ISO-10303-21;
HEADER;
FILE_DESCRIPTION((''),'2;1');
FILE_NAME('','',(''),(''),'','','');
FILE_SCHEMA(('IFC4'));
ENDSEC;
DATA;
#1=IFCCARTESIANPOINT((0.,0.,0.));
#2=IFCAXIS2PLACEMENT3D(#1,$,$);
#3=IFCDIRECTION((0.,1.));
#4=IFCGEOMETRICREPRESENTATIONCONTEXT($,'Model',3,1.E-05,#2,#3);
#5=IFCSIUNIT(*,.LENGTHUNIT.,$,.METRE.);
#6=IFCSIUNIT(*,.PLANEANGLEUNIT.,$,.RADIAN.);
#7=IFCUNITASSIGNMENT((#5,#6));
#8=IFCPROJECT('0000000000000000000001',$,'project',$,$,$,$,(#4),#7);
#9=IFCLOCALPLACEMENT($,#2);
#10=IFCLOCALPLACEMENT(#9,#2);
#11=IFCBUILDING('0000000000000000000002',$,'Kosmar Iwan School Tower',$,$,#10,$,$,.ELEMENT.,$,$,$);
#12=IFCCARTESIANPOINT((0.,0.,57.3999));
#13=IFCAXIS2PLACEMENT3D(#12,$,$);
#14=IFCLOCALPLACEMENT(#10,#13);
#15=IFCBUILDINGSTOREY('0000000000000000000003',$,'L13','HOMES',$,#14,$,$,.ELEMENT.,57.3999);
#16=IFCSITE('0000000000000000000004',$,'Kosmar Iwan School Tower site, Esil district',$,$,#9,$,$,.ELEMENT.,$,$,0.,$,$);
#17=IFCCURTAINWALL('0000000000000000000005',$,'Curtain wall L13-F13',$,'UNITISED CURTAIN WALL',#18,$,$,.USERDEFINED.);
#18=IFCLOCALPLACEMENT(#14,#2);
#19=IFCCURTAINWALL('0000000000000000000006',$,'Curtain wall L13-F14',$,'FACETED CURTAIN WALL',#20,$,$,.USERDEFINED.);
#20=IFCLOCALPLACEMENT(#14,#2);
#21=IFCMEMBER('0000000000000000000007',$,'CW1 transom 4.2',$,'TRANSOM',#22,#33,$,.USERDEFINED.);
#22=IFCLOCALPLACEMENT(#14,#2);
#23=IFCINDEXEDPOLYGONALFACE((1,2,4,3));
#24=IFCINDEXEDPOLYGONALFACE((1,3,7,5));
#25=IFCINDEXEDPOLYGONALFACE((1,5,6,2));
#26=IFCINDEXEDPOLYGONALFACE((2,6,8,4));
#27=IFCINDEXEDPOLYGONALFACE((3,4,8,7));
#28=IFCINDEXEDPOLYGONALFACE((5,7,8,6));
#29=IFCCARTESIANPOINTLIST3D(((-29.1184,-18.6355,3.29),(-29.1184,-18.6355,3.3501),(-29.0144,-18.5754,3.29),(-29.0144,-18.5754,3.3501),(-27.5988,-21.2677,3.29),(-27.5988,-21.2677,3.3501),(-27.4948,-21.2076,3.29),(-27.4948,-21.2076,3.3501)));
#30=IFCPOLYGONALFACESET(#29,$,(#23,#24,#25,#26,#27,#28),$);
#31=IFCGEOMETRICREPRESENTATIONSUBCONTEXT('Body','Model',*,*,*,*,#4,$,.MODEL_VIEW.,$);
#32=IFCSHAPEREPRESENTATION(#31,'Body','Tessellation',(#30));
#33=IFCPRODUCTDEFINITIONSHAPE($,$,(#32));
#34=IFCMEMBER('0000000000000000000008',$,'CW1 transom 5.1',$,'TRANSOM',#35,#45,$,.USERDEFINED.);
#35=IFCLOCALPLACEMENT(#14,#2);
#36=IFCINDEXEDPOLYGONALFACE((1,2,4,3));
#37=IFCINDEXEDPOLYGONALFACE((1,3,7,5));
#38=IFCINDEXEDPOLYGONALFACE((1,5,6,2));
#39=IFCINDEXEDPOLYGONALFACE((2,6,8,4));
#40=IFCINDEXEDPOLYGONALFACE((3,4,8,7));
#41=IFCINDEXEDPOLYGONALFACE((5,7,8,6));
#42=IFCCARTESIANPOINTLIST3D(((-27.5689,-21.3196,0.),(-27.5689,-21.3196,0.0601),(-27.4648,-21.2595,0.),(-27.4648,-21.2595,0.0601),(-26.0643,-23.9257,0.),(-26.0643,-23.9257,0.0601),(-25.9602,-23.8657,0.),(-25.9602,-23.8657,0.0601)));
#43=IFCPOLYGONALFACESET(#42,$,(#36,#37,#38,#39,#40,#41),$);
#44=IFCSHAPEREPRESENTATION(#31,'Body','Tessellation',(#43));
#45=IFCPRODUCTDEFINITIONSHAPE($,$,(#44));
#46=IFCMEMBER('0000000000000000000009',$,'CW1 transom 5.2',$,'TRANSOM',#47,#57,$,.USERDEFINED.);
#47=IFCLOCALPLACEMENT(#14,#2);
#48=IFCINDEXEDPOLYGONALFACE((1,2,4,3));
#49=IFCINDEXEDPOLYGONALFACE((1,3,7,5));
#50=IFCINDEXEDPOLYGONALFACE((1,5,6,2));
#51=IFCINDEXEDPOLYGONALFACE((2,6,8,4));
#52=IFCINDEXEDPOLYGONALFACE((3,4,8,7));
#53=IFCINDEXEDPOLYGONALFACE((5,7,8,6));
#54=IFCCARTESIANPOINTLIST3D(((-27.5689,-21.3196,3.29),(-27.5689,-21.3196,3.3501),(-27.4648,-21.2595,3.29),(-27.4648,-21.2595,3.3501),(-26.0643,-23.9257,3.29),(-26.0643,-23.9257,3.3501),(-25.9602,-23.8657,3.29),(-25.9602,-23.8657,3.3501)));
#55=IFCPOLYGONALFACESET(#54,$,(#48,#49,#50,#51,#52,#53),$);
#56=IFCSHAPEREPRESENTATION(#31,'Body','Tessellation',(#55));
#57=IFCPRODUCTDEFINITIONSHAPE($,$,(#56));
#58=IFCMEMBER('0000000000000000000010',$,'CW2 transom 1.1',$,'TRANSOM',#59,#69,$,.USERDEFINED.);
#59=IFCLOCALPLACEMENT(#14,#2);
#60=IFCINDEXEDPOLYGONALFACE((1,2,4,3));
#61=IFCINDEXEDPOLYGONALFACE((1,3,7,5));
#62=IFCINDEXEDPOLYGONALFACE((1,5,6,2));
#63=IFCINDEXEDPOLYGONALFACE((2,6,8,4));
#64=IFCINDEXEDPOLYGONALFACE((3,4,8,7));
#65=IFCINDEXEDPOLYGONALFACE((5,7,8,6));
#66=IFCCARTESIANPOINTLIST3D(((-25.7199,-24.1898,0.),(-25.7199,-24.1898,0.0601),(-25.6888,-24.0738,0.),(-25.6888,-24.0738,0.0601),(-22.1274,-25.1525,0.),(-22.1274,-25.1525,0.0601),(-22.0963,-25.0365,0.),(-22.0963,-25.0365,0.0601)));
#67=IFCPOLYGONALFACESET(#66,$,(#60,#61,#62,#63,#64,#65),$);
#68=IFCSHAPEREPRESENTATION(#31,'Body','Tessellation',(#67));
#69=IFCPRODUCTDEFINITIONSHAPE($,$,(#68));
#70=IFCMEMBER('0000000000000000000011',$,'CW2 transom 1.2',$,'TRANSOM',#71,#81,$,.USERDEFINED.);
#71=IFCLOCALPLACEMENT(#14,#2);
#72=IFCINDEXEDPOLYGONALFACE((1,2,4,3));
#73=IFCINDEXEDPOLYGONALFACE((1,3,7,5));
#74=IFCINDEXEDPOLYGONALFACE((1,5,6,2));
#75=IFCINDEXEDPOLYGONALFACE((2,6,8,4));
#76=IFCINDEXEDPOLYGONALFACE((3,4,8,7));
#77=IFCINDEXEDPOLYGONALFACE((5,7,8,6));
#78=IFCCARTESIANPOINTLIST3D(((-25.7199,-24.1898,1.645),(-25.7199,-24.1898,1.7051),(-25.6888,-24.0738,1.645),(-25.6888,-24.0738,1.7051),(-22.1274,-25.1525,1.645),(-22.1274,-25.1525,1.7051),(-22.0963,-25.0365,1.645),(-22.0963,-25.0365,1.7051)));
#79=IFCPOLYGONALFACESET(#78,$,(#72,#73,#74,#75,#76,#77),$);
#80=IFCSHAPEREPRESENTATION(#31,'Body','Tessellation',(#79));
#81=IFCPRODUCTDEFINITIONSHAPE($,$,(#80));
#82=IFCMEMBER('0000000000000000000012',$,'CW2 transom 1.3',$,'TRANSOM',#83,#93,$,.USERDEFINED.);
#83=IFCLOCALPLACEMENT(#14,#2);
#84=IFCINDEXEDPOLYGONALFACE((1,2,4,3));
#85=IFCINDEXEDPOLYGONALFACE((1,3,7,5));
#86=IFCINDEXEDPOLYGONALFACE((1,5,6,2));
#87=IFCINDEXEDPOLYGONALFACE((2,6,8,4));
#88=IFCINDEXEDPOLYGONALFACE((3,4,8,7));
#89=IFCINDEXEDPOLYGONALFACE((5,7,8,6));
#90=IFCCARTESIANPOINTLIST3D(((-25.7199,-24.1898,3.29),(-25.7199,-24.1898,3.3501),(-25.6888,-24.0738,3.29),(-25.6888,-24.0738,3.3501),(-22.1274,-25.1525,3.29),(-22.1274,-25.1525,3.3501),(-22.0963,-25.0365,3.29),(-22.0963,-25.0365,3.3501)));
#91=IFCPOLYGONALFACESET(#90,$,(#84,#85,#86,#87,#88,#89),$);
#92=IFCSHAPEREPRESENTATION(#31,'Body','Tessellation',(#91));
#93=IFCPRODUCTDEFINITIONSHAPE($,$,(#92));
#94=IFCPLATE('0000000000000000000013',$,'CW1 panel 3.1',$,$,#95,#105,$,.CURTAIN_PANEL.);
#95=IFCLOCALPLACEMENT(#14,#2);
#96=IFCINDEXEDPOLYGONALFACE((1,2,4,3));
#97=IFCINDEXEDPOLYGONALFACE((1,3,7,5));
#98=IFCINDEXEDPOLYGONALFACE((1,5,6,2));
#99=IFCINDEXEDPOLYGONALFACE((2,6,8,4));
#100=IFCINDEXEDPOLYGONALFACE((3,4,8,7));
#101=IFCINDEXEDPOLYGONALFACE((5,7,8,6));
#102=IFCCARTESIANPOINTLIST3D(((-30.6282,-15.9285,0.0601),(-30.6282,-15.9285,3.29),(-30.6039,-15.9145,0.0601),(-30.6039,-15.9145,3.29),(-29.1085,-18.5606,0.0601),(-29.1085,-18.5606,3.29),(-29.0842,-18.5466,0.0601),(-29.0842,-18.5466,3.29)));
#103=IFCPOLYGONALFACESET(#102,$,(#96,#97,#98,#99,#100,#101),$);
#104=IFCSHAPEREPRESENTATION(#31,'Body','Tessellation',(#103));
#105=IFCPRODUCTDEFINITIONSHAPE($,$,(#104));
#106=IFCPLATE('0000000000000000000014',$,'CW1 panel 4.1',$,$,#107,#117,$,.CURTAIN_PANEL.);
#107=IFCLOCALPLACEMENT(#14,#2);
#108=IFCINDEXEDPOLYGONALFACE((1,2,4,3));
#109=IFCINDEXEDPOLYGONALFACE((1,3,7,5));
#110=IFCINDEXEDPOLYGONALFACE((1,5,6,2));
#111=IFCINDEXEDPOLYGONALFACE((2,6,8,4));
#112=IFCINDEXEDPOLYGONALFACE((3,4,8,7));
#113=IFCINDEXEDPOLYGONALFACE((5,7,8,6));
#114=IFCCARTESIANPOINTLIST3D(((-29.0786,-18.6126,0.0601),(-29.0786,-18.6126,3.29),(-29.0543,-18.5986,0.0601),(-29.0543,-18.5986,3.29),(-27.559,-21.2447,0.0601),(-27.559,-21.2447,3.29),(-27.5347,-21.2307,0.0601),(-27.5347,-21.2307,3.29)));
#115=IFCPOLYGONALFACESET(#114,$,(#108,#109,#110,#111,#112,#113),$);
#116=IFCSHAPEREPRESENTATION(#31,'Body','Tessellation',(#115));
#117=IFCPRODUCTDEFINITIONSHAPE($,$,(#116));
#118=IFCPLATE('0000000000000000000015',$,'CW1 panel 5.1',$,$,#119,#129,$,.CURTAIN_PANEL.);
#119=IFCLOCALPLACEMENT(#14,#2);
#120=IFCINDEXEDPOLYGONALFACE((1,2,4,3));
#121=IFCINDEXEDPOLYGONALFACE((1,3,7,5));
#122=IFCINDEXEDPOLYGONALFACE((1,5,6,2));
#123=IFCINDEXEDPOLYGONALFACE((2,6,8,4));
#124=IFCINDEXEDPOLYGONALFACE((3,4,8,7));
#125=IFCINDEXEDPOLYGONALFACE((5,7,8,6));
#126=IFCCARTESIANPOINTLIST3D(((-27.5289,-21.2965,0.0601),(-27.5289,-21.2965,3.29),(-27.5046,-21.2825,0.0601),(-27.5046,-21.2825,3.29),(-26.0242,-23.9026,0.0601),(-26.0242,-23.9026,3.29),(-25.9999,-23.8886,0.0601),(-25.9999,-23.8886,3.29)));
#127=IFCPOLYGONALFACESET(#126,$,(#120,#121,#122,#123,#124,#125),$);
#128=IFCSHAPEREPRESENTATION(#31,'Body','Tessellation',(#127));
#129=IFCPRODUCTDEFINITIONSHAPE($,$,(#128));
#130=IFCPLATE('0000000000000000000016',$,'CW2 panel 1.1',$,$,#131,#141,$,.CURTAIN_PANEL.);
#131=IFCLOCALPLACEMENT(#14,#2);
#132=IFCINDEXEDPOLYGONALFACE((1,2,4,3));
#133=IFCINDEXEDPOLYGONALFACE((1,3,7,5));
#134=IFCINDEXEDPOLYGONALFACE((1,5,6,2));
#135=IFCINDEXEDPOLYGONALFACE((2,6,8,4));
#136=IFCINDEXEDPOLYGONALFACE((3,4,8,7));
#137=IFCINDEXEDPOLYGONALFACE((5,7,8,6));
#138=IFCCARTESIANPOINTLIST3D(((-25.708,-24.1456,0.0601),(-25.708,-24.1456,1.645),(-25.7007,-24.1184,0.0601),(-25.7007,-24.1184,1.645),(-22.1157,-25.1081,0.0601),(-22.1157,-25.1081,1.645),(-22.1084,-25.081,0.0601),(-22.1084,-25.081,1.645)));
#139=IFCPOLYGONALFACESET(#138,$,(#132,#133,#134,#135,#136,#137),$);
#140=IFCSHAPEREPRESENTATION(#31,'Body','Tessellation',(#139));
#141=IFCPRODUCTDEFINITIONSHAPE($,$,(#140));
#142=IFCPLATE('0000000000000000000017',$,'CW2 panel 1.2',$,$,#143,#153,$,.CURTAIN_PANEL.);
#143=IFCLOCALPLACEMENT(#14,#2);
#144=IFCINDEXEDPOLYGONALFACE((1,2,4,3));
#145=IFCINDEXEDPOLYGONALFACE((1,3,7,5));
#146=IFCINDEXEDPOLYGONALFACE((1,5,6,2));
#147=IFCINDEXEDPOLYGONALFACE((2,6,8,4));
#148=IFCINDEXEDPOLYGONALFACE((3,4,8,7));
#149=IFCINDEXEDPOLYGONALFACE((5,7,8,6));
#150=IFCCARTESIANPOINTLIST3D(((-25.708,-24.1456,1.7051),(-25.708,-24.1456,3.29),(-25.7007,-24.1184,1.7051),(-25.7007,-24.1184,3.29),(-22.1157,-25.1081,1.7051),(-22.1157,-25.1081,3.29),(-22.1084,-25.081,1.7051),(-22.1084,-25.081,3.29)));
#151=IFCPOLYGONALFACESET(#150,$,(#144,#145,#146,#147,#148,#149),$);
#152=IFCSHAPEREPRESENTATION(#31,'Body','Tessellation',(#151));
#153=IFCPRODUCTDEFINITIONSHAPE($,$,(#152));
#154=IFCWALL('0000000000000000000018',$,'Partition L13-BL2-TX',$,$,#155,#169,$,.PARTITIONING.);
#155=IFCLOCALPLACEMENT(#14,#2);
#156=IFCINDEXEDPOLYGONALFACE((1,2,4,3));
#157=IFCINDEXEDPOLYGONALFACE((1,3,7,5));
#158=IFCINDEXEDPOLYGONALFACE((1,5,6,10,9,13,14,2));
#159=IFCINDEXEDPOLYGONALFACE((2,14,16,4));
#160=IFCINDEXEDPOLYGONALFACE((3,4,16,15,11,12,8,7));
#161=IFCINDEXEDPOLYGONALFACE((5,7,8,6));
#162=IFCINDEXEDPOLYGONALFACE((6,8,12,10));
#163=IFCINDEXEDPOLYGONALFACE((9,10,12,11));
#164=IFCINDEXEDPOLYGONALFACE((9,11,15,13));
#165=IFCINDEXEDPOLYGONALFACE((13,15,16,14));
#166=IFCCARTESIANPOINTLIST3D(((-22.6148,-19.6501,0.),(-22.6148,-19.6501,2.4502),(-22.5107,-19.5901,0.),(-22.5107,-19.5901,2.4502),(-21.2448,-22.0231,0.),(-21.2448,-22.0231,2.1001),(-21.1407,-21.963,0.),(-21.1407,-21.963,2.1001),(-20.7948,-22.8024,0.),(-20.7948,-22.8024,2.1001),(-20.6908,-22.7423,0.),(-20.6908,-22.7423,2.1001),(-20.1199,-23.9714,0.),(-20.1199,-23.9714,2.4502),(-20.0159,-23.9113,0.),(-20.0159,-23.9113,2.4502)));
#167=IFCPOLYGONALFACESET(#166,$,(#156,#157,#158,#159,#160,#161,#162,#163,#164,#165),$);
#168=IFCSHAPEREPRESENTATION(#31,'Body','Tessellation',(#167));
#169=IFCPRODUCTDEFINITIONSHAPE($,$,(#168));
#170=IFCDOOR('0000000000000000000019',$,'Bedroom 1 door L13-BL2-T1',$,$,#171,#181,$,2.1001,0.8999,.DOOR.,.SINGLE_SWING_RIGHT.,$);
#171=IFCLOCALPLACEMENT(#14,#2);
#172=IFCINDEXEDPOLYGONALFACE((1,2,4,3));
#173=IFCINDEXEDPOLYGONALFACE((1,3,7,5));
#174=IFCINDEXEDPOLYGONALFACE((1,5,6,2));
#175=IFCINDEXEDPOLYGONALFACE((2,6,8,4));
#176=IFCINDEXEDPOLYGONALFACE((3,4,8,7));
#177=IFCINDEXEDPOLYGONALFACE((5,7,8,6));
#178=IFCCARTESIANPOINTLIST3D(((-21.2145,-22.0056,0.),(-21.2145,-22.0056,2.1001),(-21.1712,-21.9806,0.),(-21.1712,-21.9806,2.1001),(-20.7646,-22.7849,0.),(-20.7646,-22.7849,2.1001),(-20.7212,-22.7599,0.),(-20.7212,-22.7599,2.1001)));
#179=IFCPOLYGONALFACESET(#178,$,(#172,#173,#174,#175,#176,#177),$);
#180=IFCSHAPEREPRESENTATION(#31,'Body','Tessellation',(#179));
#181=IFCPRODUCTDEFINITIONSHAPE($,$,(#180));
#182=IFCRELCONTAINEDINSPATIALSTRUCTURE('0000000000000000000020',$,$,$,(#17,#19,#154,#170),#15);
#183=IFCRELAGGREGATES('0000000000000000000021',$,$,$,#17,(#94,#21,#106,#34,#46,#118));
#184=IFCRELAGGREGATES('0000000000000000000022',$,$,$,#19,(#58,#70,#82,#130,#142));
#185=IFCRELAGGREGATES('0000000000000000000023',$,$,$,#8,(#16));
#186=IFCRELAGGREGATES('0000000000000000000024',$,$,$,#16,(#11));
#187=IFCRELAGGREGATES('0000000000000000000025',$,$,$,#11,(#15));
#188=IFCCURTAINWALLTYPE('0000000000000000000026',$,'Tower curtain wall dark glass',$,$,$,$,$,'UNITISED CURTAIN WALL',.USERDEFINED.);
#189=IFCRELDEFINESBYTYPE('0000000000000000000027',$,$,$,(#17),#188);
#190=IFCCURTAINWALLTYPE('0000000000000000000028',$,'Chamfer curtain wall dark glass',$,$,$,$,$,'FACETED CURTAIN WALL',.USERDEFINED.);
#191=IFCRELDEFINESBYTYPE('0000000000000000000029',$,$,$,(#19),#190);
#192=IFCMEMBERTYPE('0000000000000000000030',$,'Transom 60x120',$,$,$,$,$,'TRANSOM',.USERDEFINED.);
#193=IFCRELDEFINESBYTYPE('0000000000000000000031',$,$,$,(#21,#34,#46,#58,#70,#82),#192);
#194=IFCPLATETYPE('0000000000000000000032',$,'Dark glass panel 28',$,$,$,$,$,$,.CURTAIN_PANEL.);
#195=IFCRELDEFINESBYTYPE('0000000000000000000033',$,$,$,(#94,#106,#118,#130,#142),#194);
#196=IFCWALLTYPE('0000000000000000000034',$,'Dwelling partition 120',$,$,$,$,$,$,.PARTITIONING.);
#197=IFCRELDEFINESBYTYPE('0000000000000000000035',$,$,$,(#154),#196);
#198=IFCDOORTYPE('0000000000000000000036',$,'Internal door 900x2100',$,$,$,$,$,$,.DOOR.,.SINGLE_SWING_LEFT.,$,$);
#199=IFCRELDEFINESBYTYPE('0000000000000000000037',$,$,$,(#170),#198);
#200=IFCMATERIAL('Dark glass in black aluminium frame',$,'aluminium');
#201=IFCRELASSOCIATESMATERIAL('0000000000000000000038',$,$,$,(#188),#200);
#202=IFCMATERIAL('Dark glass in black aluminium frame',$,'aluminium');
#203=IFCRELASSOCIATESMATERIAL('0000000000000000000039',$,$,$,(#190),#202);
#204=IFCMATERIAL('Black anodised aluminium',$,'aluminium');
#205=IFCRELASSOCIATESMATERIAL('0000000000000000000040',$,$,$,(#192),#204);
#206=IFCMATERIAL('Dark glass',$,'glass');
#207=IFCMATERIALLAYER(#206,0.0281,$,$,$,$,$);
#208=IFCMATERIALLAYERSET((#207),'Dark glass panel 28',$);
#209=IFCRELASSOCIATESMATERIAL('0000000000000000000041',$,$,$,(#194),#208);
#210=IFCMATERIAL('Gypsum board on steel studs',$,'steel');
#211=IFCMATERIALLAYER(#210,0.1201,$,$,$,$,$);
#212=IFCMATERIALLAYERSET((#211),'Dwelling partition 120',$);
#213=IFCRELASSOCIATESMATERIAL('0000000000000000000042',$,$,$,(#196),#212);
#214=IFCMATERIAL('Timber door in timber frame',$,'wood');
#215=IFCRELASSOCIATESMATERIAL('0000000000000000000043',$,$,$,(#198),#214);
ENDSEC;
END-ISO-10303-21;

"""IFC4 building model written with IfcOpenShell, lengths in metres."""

from ifc_helpers import new_model, si_unit, direction, frame, frame_2d, origin, origin_2d, place, context, subcontext, project, spatial, rectangle, extrude, material, layer, layer_set, material_profile, profile_set, type_object, element, fill, aggregate, save


model = new_model("IFC4")

# Units and contexts
model_context = context("Model", 3, precision=1e-05, world=origin(), true_north=direction((0.0, 1.0)))
body_context = subcontext(model_context, "Body", "Model", "MODEL_VIEW")
ifc_project = project(units=[si_unit("LENGTHUNIT", "METRE"), si_unit("PLANEANGLEUNIT", "RADIAN")], contexts=[model_context])

# Site, building, storey
site_placement = place(None, origin())
site = spatial("IfcSite", under=ifc_project, at=site_placement, Name="Kosmar Iwan School Tower site, Esil district", CompositionType="ELEMENT", RefElevation=0.0)
building_placement = place(site_placement, origin())
building = spatial("IfcBuilding", under=site, at=building_placement, Name="Kosmar Iwan School Tower", CompositionType="ELEMENT")
storey_placement = place(building_placement, frame((0.0, 0.0, 57.3999)))
storey = spatial("IfcBuildingStorey", under=building, at=storey_placement, Name="L13", Description="HOMES", CompositionType="ELEMENT", Elevation=57.3999)

# Curtain walls
ifc_material_1 = material(Name="Dark glass in black aluminium frame", Category="aluminium")
curtain_wall_type_1 = type_object("IfcCurtainWallType", Name="Tower curtain wall dark glass", ElementType="UNITISED CURTAIN WALL", PredefinedType="USERDEFINED", material=ifc_material_1)
curtain_wall_1_placement = place(storey_placement, origin())
curtain_wall_1 = element("IfcCurtainWall", 1, at=curtain_wall_1_placement, inside=storey, type_object=curtain_wall_type_1, Name="Curtain wall L13-F13", ObjectType="UNITISED CURTAIN WALL", PredefinedType="USERDEFINED")
ifc_material_2 = material(Name="Dark glass in black aluminium frame", Category="aluminium")
curtain_wall_type_2 = type_object("IfcCurtainWallType", Name="Chamfer curtain wall dark glass", ElementType="FACETED CURTAIN WALL", PredefinedType="USERDEFINED", material=ifc_material_2)
curtain_wall_2_placement = place(storey_placement, origin())
curtain_wall_2 = element("IfcCurtainWall", 2, at=curtain_wall_2_placement, inside=storey, type_object=curtain_wall_type_2, Name="Curtain wall L13-F14", ObjectType="FACETED CURTAIN WALL", PredefinedType="USERDEFINED")

# Members
ifc_material_3 = material(Name="Black anodised aluminium", Category="aluminium")
ifc_material_profile_1 = material_profile(ifc_material_3, rectangle(XDim=0.1201, YDim=0.0601, at=origin_2d()), Name="TRANSOM 60x120")
ifc_profile_set_1 = profile_set([ifc_material_profile_1], Name="Black anodised aluminium")
member_type_1 = type_object("IfcMemberType", Name="Transom 60x120", ElementType="TRANSOM", PredefinedType="USERDEFINED", material=ifc_profile_set_1)
member_1_placement = place(storey_placement, frame((-29.0664, -18.6055, 3.3201), z_axis=(0.499975, -0.86604, 0.0), x_axis=(0.86604, 0.499975, 0.0)))
member_1 = element("IfcMember", 3, at=member_1_placement, type_object=member_type_1, Name="CW1 transom 4.2", ObjectType="TRANSOM", PredefinedType="USERDEFINED", context=body_context, shape_type="SweptSolid", body=[
    extrude(rectangle(XDim=0.1201, YDim=0.0601, at=origin_2d()), origin(), (0.0, 0.0, 1.0), 3.0393),
])
member_2_placement = place(storey_placement, frame((-27.5168, -21.2896, 0.03), z_axis=(0.499987, -0.866033, 0.0), x_axis=(0.866033, 0.499987, 0.0)))
member_2 = element("IfcMember", 4, at=member_2_placement, type_object=member_type_1, Name="CW1 transom 5.1", ObjectType="TRANSOM", PredefinedType="USERDEFINED", context=body_context, shape_type="SweptSolid", body=[
    extrude(rectangle(XDim=0.1201, YDim=0.0601, at=origin_2d()), origin(), (0.0, 0.0, 1.0), 3.0093),
])
member_3_placement = place(storey_placement, frame((-27.5168, -21.2896, 3.3201), z_axis=(0.499987, -0.866033, 0.0), x_axis=(0.866033, 0.499987, 0.0)))
member_3 = element("IfcMember", 5, at=member_3_placement, type_object=member_type_1, Name="CW1 transom 5.2", ObjectType="TRANSOM", PredefinedType="USERDEFINED", context=body_context, shape_type="SweptSolid", body=[
    extrude(rectangle(XDim=0.1201, YDim=0.0601, at=origin_2d()), origin(), (0.0, 0.0, 1.0), 3.0093),
])
member_4_placement = place(storey_placement, frame((-25.7043, -24.1318, 0.03), z_axis=(0.965924, -0.258827, 0.0), x_axis=(0.258827, 0.965924, 0.0)))
member_4 = element("IfcMember", 6, at=member_4_placement, type_object=member_type_1, Name="CW2 transom 1.1", ObjectType="TRANSOM", PredefinedType="USERDEFINED", context=body_context, shape_type="SweptSolid", body=[
    extrude(rectangle(XDim=0.1201, YDim=0.0601, at=origin_2d()), origin(), (0.0, 0.0, 1.0), 3.7192),
])
member_5_placement = place(storey_placement, frame((-25.7043, -24.1318, 1.675), z_axis=(0.965924, -0.258827, 0.0), x_axis=(0.258827, 0.965924, 0.0)))
member_5 = element("IfcMember", 7, at=member_5_placement, type_object=member_type_1, Name="CW2 transom 1.2", ObjectType="TRANSOM", PredefinedType="USERDEFINED", context=body_context, shape_type="SweptSolid", body=[
    extrude(rectangle(XDim=0.1201, YDim=0.0601, at=origin_2d()), origin(), (0.0, 0.0, 1.0), 3.7192),
])
member_6_placement = place(storey_placement, frame((-25.7043, -24.1318, 3.3201), z_axis=(0.965924, -0.258827, 0.0), x_axis=(0.258827, 0.965924, 0.0)))
member_6 = element("IfcMember", 8, at=member_6_placement, type_object=member_type_1, Name="CW2 transom 1.3", ObjectType="TRANSOM", PredefinedType="USERDEFINED", context=body_context, shape_type="SweptSolid", body=[
    extrude(rectangle(XDim=0.1201, YDim=0.0601, at=origin_2d()), origin(), (0.0, 0.0, 1.0), 3.7192),
])

# Plates
ifc_material_4 = material(Name="Dark glass", Category="glass")
ifc_layer_1 = layer(ifc_material_4, 0.0281)
ifc_layer_set_1 = layer_set([ifc_layer_1], Name="Dark glass panel 28")
plate_type = type_object("IfcPlateType", Name="Dark glass panel 28", PredefinedType="CURTAIN_PANEL", material=ifc_layer_set_1)
plate_1_placement = place(storey_placement, frame((-29.8562, -17.2375, 0.0601), z_axis=(0.0, 0.0, 1.0), x_axis=(0.5, -0.866025, 0.0)))
plate_1 = element("IfcPlate", 9, at=plate_1_placement, type_object=plate_type, Name="CW1 panel 3.1", PredefinedType="CURTAIN_PANEL", context=body_context, shape_type="SweptSolid", body=[
    extrude(rectangle(XDim=3.0393, YDim=0.0281, at=origin_2d()), origin(), (0.0, 0.0, 1.0), 3.23),
])
plate_2_placement = place(storey_placement, frame((-28.3066, -19.9216, 0.0601), z_axis=(0.0, 0.0, 1.0), x_axis=(0.5, -0.866025, 0.0)))
plate_2 = element("IfcPlate", 10, at=plate_2_placement, type_object=plate_type, Name="CW1 panel 4.1", PredefinedType="CURTAIN_PANEL", context=body_context, shape_type="SweptSolid", body=[
    extrude(rectangle(XDim=3.0393, YDim=0.0281, at=origin_2d()), origin(), (0.0, 0.0, 1.0), 3.23),
])
plate_3_placement = place(storey_placement, frame((-26.7644, -22.5925, 0.0601), z_axis=(0.0, 0.0, 1.0), x_axis=(0.5, -0.866025, 0.0)))
plate_3 = element("IfcPlate", 11, at=plate_3_placement, type_object=plate_type, Name="CW1 panel 5.1", PredefinedType="CURTAIN_PANEL", context=body_context, shape_type="SweptSolid", body=[
    extrude(rectangle(XDim=3.0093, YDim=0.0281, at=origin_2d()), origin(), (0.0, 0.0, 1.0), 3.23),
])
aggregate(curtain_wall_1, [plate_1, member_1, plate_2, member_2, member_3, plate_3])
plate_4_placement = place(storey_placement, frame((-23.9082, -24.6133, 0.0601), z_axis=(0.0, 0.0, 1.0), x_axis=(0.965926, -0.258819, 0.0)))
plate_4 = element("IfcPlate", 12, at=plate_4_placement, type_object=plate_type, Name="CW2 panel 1.1", PredefinedType="CURTAIN_PANEL", context=body_context, shape_type="SweptSolid", body=[
    extrude(rectangle(XDim=3.719, YDim=0.0281, at=origin_2d()), origin(), (0.0, 0.0, 1.0), 1.585),
])
plate_5_placement = place(storey_placement, frame((-23.9082, -24.6133, 1.7051), z_axis=(0.0, 0.0, 1.0), x_axis=(0.965926, -0.258819, 0.0)))
plate_5 = element("IfcPlate", 13, at=plate_5_placement, type_object=plate_type, Name="CW2 panel 1.2", PredefinedType="CURTAIN_PANEL", context=body_context, shape_type="SweptSolid", body=[
    extrude(rectangle(XDim=3.719, YDim=0.0281, at=origin_2d()), origin(), (0.0, 0.0, 1.0), 1.585),
])
aggregate(curtain_wall_2, [member_4, member_5, member_6, plate_4, plate_5])

# Wall, opening, door
ifc_material_5 = material(Name="Gypsum board on steel studs", Category="steel")
ifc_layer_2 = layer(ifc_material_5, 0.1201)
ifc_layer_set_2 = layer_set([ifc_layer_2], Name="Dwelling partition 120")
wall_type_1 = type_object("IfcWallType", Name="Dwelling partition 120", PredefinedType="PARTITIONING", material=ifc_layer_set_2)
wall_1_placement = place(storey_placement, frame((-22.5627, -19.6201, 0.0), z_axis=(0.0, 0.0, 1.0), x_axis=(0.499996, -0.866028, 0.0)))
wall_1 = element("IfcWall", 14, at=wall_1_placement, inside=storey, type_object=wall_type_1, Name="Partition L13-BL2-TX", PredefinedType="PARTITIONING", context=body_context, shape_type="SweptSolid", body=[
    extrude(rectangle(XDim=4.9897, YDim=0.1201, at=frame_2d((2.4949, 0.0))), origin(), (0.0, 0.0, 1.0), 2.4502),
])
opening_1_placement = place(wall_1_placement, frame((2.74, 0.0, 0.0)))
opening_1 = element("IfcOpeningElement", 15, at=opening_1_placement, cuts=wall_1, PredefinedType="OPENING", context=body_context, shape_type="SweptSolid", body=[
    extrude(rectangle(XDim=0.8999, YDim=2.1001, at=frame_2d((0.45, 1.05))), frame((0.0, 0.072, 0.0), z_axis=(0.0, -1.0, 0.0), x_axis=(1.0, 0.0, 0.0)), (0.0, 0.0, 1.0), 0.144),
])
ifc_material_6 = material(Name="Timber door in timber frame", Category="wood")
door_type_1 = type_object("IfcDoorType", Name="Internal door 900x2100", OperationType="SINGLE_SWING_LEFT", PredefinedType="DOOR", material=ifc_material_6)
door_1_placement = place(opening_1_placement, origin())
door_1 = element("IfcDoor", 16, at=door_1_placement, inside=storey, type_object=door_type_1, Name="Bedroom 1 door L13-BL2-T1", OperationType="SINGLE_SWING_RIGHT", OverallHeight=2.1001, OverallWidth=0.8999, PredefinedType="DOOR", context=body_context, shape_type="SweptSolid", body=[
    extrude(rectangle(XDim=0.8999, YDim=2.1001, at=frame_2d((0.45, 1.05))), frame((0.0, 0.0249, 0.0), z_axis=(0.0, -1.0, 0.0), x_axis=(1.0, 0.0, 0.0)), (0.0, 0.0, 1.0), 0.05),
])
fill(opening_1, door_1)

save(model, "model.ifc")
